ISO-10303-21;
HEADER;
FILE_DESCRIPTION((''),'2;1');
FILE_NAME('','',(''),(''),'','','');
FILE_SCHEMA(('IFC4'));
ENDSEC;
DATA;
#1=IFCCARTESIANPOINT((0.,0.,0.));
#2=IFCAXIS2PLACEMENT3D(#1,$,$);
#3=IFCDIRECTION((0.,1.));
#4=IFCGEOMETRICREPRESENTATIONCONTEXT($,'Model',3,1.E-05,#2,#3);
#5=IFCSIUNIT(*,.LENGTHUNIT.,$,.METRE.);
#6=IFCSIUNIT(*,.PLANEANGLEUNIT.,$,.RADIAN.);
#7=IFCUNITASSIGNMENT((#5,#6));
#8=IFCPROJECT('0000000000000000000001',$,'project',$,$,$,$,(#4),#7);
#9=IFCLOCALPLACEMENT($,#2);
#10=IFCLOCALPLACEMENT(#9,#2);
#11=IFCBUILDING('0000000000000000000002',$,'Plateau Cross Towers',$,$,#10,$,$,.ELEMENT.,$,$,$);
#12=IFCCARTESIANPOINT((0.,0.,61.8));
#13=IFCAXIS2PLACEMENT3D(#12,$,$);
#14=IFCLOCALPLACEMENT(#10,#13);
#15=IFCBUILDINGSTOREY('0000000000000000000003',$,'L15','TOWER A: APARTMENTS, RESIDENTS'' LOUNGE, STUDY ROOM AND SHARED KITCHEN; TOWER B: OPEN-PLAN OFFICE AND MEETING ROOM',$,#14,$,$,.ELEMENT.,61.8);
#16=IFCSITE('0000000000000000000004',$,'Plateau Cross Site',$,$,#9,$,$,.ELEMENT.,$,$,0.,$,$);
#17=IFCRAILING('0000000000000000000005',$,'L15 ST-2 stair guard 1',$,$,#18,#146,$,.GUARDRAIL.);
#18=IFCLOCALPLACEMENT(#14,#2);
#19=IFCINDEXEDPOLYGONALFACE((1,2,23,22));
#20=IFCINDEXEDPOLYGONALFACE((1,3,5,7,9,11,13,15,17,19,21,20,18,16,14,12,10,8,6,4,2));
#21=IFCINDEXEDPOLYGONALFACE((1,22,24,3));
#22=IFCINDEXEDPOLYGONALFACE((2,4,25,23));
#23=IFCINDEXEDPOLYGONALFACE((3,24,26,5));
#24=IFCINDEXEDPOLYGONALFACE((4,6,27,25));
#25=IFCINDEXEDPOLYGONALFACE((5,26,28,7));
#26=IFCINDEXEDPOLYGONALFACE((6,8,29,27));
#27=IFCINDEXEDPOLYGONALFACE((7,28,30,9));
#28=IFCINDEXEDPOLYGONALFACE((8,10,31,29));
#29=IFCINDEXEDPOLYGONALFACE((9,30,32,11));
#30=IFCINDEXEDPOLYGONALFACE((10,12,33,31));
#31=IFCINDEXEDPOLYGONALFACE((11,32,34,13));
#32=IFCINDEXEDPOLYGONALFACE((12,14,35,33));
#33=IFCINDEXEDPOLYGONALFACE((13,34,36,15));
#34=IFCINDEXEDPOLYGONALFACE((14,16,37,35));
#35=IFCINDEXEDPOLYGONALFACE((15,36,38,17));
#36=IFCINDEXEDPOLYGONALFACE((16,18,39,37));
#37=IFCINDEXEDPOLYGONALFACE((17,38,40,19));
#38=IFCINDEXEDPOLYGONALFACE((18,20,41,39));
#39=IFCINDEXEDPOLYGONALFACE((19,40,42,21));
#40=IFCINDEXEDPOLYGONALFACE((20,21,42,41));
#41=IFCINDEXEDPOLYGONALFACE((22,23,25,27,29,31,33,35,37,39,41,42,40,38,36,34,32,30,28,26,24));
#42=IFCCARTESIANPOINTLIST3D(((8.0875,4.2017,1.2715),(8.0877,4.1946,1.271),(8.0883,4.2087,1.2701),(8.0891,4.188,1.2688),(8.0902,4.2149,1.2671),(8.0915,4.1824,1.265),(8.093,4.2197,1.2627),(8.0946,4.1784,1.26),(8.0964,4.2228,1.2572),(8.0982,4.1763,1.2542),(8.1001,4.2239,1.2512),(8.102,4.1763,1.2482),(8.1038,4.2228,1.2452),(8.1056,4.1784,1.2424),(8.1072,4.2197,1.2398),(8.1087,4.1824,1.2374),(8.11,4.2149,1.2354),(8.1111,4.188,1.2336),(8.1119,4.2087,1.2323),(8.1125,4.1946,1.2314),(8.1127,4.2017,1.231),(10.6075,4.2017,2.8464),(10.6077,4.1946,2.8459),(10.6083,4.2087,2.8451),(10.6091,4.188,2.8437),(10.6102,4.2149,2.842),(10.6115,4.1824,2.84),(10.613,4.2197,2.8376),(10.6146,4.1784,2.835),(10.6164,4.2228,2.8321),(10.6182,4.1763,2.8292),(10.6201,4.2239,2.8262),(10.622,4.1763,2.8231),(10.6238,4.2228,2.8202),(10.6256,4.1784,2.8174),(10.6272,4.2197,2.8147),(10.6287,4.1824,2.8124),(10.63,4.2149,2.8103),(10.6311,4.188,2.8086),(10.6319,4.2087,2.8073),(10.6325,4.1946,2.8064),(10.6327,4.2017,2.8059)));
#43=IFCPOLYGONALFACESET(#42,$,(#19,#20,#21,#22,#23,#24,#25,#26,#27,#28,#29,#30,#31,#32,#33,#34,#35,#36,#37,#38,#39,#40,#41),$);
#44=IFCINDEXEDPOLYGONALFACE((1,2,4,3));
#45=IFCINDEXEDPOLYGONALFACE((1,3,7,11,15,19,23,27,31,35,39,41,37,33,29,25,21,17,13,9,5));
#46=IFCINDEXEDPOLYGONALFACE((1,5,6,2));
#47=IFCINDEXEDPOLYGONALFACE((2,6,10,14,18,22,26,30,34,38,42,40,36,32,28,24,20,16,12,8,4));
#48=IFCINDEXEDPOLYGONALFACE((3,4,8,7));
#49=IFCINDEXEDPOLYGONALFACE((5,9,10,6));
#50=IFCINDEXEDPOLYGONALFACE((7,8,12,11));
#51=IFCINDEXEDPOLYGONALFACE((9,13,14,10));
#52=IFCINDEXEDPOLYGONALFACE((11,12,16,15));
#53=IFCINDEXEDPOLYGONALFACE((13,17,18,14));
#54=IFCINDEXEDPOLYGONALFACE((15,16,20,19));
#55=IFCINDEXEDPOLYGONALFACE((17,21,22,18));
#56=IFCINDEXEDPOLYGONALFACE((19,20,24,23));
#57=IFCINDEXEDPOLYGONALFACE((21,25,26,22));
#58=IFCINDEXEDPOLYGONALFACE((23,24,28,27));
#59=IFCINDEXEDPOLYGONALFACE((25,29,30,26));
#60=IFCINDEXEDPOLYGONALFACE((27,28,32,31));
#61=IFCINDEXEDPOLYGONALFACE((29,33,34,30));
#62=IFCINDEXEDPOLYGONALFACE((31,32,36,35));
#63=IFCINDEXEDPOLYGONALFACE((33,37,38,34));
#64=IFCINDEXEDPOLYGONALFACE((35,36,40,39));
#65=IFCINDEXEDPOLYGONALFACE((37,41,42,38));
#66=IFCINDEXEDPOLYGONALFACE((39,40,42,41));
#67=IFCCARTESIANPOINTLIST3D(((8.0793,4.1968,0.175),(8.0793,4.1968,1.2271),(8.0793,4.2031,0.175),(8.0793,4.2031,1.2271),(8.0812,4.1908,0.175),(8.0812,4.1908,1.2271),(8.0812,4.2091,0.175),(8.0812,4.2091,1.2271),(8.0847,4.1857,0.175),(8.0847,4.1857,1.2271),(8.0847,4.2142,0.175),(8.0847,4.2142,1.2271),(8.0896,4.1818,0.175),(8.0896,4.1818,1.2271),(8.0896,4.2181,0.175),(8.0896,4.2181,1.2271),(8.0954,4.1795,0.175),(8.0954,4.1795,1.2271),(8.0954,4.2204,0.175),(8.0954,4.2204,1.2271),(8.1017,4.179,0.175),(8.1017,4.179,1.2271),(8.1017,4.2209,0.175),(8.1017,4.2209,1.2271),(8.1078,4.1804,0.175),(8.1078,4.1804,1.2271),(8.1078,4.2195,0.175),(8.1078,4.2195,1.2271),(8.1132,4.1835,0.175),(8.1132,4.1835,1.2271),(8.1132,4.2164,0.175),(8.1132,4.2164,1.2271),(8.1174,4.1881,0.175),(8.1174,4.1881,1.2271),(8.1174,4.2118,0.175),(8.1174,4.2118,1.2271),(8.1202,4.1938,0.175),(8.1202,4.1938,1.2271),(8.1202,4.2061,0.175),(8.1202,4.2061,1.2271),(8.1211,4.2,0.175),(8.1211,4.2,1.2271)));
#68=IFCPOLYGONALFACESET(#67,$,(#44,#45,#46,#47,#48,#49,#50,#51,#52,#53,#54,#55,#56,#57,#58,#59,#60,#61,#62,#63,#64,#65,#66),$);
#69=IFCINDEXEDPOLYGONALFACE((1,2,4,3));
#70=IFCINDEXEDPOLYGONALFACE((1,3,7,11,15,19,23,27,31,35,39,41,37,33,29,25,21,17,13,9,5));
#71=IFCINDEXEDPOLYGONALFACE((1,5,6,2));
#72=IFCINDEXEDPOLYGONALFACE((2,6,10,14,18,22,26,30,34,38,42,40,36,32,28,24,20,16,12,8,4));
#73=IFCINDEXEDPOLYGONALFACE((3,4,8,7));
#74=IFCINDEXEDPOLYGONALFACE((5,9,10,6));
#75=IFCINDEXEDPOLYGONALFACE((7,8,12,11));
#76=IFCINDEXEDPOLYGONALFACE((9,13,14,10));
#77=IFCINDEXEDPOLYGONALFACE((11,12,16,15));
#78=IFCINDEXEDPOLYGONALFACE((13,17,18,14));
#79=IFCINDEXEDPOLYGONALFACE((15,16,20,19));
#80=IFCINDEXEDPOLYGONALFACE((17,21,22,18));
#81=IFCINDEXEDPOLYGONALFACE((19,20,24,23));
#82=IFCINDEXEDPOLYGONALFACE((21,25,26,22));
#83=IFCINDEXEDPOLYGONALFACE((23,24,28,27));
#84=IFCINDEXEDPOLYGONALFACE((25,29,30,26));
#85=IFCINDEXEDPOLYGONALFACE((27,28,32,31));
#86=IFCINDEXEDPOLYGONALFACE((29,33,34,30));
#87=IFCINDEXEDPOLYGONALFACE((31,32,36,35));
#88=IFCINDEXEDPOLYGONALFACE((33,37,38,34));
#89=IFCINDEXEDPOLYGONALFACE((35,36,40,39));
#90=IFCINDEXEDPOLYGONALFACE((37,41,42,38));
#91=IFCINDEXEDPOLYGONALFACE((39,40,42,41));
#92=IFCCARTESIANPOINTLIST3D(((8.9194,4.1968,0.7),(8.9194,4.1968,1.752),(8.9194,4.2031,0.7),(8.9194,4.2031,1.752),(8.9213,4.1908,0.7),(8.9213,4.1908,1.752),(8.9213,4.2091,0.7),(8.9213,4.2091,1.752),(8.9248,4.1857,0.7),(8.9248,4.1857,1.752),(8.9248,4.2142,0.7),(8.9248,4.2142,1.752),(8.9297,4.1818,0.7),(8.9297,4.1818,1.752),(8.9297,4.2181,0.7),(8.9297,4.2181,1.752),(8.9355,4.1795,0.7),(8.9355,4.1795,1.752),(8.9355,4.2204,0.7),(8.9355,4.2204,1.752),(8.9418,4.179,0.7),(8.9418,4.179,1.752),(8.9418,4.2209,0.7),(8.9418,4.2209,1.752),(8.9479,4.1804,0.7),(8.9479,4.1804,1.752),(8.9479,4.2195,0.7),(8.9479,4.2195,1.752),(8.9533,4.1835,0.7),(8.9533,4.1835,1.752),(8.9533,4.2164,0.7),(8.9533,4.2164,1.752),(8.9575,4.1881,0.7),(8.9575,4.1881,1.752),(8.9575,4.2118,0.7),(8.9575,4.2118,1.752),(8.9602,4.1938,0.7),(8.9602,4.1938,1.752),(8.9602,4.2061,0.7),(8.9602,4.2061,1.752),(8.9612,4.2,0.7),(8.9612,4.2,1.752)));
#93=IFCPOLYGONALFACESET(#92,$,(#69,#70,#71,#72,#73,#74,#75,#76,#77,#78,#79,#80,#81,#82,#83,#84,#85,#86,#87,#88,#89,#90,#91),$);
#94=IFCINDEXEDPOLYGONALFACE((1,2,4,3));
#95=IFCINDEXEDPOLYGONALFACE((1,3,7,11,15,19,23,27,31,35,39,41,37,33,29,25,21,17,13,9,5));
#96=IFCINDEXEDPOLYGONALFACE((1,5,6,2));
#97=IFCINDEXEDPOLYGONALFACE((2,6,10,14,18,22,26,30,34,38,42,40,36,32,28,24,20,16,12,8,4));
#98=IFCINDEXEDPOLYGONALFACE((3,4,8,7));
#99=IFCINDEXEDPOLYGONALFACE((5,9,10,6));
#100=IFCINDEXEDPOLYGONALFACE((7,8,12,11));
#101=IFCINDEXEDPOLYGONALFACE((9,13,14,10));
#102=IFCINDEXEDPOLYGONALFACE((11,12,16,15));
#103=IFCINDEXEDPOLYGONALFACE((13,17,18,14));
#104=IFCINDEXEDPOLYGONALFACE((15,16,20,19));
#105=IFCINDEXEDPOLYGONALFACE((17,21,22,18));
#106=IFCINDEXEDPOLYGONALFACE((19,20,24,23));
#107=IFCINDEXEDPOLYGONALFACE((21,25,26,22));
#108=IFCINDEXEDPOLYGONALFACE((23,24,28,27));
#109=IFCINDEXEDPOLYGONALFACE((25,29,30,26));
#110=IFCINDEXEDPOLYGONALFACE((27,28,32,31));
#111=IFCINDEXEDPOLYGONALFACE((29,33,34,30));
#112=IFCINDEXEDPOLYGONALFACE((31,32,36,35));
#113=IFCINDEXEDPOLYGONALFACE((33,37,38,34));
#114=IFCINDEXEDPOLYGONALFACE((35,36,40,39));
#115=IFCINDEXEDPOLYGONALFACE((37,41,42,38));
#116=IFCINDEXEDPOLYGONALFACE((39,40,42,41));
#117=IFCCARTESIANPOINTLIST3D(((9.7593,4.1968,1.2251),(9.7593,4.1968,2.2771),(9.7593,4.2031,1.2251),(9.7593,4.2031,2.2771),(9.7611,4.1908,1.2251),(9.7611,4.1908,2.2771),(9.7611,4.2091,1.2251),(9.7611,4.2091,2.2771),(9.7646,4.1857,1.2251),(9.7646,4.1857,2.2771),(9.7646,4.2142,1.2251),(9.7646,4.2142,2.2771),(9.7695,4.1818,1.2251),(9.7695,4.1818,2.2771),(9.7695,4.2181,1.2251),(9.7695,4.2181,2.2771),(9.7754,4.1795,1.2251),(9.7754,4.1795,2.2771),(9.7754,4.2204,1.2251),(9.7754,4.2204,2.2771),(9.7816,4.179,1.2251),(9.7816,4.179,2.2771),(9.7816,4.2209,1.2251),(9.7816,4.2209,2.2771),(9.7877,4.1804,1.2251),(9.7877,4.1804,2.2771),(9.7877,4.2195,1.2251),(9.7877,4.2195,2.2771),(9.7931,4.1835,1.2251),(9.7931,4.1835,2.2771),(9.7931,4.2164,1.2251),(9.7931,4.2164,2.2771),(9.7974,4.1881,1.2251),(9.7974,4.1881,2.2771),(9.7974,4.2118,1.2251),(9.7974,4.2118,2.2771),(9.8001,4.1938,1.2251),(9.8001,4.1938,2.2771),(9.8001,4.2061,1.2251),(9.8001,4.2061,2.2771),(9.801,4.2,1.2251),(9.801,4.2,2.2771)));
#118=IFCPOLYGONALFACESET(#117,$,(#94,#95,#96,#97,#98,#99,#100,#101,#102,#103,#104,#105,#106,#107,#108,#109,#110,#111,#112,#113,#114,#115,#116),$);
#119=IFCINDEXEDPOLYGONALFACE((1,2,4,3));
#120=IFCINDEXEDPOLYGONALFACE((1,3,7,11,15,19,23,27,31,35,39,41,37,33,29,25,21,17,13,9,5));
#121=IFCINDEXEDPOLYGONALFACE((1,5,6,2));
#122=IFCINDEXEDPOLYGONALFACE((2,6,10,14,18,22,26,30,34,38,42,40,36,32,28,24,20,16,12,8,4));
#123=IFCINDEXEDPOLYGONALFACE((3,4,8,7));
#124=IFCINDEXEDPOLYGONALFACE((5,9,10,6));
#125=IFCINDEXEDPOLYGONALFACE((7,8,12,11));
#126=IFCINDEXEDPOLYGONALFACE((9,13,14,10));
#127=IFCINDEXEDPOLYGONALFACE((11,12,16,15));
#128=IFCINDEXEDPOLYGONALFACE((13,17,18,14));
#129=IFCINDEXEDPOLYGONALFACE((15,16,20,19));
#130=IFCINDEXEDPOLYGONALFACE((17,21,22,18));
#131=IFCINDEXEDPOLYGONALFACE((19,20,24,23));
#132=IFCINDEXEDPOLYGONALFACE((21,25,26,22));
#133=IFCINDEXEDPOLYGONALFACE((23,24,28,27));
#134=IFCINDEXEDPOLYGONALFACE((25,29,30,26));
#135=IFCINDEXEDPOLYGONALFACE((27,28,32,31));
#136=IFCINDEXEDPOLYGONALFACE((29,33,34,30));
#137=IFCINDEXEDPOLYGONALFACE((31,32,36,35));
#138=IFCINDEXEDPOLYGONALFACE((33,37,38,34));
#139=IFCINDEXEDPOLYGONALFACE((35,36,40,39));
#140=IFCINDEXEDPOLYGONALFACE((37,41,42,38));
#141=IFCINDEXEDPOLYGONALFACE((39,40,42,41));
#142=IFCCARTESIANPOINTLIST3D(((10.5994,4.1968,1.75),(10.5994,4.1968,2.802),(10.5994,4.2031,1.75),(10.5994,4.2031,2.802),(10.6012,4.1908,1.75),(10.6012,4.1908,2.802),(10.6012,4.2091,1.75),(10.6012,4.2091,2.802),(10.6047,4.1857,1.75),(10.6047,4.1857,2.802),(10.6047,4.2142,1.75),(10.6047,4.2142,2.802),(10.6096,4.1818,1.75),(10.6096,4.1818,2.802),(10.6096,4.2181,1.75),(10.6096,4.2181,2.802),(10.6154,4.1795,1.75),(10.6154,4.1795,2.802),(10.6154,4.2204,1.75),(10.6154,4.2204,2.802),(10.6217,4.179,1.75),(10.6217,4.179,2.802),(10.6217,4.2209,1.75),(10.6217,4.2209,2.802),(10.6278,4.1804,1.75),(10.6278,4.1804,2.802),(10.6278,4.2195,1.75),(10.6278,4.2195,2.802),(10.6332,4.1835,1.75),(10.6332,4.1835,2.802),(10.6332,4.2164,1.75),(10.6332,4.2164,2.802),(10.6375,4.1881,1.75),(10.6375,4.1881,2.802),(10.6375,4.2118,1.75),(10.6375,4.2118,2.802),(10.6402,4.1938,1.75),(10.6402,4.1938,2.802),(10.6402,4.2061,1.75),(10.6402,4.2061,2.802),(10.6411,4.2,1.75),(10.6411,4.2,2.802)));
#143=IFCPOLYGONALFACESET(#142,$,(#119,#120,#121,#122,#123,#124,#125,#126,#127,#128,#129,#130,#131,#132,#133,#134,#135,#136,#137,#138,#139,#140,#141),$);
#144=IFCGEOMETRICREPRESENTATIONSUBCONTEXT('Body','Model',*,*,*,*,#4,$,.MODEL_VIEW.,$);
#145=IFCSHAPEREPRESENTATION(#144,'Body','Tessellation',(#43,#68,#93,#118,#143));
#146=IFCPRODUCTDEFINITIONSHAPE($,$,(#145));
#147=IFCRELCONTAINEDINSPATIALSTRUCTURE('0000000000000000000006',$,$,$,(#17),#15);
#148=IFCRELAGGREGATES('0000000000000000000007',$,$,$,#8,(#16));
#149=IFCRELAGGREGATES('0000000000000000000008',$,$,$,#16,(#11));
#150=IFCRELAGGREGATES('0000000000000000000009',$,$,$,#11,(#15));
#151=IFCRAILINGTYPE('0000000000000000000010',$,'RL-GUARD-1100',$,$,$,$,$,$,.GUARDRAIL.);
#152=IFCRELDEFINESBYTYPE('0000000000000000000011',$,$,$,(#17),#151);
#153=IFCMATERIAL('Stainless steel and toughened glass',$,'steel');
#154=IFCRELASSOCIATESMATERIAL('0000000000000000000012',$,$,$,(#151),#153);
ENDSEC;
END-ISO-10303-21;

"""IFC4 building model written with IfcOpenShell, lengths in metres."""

from ifc_helpers import new_model, si_unit, direction, frame, origin, origin_2d, place, context, subcontext, project, spatial, circle, extrude, material, type_object, element, save


model = new_model("IFC4")

# Units and contexts
model_context = context("Model", 3, precision=1e-05, world=origin(), true_north=direction((0.0, 1.0)))
body_context = subcontext(model_context, "Body", "Model", "MODEL_VIEW")
ifc_project = project(units=[si_unit("LENGTHUNIT", "METRE"), si_unit("PLANEANGLEUNIT", "RADIAN")], contexts=[model_context])

# Site, building, storey
site_placement = place(None, origin())
site = spatial("IfcSite", under=ifc_project, at=site_placement, Name="Plateau Cross Site", CompositionType="ELEMENT", RefElevation=0.0)
building_placement = place(site_placement, origin())
building = spatial("IfcBuilding", under=site, at=building_placement, Name="Plateau Cross Towers", CompositionType="ELEMENT")
storey_placement = place(building_placement, frame((0.0, 0.0, 61.8)))
storey = spatial("IfcBuildingStorey", under=building, at=storey_placement, Name="L15", Description="TOWER A: APARTMENTS, RESIDENTS' LOUNGE, STUDY ROOM AND SHARED KITCHEN; TOWER B: OPEN-PLAN OFFICE AND MEETING ROOM", CompositionType="ELEMENT", Elevation=61.8)

# Railing
ifc_material_1 = material(Name="Stainless steel and toughened glass", Category="steel")
railing_type_1 = type_object("IfcRailingType", Name="RL-GUARD-1100", PredefinedType="GUARDRAIL", material=ifc_material_1)
railing_1_placement = place(storey_placement, frame((8.1001, 4.2, 0.175)))
element("IfcRailing", 1, at=railing_1_placement, inside=storey, type_object=railing_type_1, Name="L15 ST-2 stair guard 1", PredefinedType="GUARDRAIL", context=body_context, shape_type="SweptSolid", body=[
    extrude(circle(Radius=0.0239, at=origin_2d()), frame((0.0, 0.0, 1.0762), z_axis=(0.848008, 0.0, 0.529984), x_axis=(0.0, 1.0, 0.0)), (0.0, 0.0, 1.0), 2.9717),
    extrude(circle(Radius=0.021, at=origin_2d()), origin(), (0.0, 0.0, 1.0), 1.052),
    extrude(circle(Radius=0.021, at=origin_2d()), frame((0.8401, 0.0, 0.5249)), (0.0, 0.0, 1.0), 1.052),
    extrude(circle(Radius=0.021, at=origin_2d()), frame((1.6799, 0.0, 1.05)), (0.0, 0.0, 1.0), 1.052),
    extrude(circle(Radius=0.021, at=origin_2d()), frame((2.52, 0.0, 1.575)), (0.0, 0.0, 1.0), 1.052),
])

save(model, "model.ifc")
